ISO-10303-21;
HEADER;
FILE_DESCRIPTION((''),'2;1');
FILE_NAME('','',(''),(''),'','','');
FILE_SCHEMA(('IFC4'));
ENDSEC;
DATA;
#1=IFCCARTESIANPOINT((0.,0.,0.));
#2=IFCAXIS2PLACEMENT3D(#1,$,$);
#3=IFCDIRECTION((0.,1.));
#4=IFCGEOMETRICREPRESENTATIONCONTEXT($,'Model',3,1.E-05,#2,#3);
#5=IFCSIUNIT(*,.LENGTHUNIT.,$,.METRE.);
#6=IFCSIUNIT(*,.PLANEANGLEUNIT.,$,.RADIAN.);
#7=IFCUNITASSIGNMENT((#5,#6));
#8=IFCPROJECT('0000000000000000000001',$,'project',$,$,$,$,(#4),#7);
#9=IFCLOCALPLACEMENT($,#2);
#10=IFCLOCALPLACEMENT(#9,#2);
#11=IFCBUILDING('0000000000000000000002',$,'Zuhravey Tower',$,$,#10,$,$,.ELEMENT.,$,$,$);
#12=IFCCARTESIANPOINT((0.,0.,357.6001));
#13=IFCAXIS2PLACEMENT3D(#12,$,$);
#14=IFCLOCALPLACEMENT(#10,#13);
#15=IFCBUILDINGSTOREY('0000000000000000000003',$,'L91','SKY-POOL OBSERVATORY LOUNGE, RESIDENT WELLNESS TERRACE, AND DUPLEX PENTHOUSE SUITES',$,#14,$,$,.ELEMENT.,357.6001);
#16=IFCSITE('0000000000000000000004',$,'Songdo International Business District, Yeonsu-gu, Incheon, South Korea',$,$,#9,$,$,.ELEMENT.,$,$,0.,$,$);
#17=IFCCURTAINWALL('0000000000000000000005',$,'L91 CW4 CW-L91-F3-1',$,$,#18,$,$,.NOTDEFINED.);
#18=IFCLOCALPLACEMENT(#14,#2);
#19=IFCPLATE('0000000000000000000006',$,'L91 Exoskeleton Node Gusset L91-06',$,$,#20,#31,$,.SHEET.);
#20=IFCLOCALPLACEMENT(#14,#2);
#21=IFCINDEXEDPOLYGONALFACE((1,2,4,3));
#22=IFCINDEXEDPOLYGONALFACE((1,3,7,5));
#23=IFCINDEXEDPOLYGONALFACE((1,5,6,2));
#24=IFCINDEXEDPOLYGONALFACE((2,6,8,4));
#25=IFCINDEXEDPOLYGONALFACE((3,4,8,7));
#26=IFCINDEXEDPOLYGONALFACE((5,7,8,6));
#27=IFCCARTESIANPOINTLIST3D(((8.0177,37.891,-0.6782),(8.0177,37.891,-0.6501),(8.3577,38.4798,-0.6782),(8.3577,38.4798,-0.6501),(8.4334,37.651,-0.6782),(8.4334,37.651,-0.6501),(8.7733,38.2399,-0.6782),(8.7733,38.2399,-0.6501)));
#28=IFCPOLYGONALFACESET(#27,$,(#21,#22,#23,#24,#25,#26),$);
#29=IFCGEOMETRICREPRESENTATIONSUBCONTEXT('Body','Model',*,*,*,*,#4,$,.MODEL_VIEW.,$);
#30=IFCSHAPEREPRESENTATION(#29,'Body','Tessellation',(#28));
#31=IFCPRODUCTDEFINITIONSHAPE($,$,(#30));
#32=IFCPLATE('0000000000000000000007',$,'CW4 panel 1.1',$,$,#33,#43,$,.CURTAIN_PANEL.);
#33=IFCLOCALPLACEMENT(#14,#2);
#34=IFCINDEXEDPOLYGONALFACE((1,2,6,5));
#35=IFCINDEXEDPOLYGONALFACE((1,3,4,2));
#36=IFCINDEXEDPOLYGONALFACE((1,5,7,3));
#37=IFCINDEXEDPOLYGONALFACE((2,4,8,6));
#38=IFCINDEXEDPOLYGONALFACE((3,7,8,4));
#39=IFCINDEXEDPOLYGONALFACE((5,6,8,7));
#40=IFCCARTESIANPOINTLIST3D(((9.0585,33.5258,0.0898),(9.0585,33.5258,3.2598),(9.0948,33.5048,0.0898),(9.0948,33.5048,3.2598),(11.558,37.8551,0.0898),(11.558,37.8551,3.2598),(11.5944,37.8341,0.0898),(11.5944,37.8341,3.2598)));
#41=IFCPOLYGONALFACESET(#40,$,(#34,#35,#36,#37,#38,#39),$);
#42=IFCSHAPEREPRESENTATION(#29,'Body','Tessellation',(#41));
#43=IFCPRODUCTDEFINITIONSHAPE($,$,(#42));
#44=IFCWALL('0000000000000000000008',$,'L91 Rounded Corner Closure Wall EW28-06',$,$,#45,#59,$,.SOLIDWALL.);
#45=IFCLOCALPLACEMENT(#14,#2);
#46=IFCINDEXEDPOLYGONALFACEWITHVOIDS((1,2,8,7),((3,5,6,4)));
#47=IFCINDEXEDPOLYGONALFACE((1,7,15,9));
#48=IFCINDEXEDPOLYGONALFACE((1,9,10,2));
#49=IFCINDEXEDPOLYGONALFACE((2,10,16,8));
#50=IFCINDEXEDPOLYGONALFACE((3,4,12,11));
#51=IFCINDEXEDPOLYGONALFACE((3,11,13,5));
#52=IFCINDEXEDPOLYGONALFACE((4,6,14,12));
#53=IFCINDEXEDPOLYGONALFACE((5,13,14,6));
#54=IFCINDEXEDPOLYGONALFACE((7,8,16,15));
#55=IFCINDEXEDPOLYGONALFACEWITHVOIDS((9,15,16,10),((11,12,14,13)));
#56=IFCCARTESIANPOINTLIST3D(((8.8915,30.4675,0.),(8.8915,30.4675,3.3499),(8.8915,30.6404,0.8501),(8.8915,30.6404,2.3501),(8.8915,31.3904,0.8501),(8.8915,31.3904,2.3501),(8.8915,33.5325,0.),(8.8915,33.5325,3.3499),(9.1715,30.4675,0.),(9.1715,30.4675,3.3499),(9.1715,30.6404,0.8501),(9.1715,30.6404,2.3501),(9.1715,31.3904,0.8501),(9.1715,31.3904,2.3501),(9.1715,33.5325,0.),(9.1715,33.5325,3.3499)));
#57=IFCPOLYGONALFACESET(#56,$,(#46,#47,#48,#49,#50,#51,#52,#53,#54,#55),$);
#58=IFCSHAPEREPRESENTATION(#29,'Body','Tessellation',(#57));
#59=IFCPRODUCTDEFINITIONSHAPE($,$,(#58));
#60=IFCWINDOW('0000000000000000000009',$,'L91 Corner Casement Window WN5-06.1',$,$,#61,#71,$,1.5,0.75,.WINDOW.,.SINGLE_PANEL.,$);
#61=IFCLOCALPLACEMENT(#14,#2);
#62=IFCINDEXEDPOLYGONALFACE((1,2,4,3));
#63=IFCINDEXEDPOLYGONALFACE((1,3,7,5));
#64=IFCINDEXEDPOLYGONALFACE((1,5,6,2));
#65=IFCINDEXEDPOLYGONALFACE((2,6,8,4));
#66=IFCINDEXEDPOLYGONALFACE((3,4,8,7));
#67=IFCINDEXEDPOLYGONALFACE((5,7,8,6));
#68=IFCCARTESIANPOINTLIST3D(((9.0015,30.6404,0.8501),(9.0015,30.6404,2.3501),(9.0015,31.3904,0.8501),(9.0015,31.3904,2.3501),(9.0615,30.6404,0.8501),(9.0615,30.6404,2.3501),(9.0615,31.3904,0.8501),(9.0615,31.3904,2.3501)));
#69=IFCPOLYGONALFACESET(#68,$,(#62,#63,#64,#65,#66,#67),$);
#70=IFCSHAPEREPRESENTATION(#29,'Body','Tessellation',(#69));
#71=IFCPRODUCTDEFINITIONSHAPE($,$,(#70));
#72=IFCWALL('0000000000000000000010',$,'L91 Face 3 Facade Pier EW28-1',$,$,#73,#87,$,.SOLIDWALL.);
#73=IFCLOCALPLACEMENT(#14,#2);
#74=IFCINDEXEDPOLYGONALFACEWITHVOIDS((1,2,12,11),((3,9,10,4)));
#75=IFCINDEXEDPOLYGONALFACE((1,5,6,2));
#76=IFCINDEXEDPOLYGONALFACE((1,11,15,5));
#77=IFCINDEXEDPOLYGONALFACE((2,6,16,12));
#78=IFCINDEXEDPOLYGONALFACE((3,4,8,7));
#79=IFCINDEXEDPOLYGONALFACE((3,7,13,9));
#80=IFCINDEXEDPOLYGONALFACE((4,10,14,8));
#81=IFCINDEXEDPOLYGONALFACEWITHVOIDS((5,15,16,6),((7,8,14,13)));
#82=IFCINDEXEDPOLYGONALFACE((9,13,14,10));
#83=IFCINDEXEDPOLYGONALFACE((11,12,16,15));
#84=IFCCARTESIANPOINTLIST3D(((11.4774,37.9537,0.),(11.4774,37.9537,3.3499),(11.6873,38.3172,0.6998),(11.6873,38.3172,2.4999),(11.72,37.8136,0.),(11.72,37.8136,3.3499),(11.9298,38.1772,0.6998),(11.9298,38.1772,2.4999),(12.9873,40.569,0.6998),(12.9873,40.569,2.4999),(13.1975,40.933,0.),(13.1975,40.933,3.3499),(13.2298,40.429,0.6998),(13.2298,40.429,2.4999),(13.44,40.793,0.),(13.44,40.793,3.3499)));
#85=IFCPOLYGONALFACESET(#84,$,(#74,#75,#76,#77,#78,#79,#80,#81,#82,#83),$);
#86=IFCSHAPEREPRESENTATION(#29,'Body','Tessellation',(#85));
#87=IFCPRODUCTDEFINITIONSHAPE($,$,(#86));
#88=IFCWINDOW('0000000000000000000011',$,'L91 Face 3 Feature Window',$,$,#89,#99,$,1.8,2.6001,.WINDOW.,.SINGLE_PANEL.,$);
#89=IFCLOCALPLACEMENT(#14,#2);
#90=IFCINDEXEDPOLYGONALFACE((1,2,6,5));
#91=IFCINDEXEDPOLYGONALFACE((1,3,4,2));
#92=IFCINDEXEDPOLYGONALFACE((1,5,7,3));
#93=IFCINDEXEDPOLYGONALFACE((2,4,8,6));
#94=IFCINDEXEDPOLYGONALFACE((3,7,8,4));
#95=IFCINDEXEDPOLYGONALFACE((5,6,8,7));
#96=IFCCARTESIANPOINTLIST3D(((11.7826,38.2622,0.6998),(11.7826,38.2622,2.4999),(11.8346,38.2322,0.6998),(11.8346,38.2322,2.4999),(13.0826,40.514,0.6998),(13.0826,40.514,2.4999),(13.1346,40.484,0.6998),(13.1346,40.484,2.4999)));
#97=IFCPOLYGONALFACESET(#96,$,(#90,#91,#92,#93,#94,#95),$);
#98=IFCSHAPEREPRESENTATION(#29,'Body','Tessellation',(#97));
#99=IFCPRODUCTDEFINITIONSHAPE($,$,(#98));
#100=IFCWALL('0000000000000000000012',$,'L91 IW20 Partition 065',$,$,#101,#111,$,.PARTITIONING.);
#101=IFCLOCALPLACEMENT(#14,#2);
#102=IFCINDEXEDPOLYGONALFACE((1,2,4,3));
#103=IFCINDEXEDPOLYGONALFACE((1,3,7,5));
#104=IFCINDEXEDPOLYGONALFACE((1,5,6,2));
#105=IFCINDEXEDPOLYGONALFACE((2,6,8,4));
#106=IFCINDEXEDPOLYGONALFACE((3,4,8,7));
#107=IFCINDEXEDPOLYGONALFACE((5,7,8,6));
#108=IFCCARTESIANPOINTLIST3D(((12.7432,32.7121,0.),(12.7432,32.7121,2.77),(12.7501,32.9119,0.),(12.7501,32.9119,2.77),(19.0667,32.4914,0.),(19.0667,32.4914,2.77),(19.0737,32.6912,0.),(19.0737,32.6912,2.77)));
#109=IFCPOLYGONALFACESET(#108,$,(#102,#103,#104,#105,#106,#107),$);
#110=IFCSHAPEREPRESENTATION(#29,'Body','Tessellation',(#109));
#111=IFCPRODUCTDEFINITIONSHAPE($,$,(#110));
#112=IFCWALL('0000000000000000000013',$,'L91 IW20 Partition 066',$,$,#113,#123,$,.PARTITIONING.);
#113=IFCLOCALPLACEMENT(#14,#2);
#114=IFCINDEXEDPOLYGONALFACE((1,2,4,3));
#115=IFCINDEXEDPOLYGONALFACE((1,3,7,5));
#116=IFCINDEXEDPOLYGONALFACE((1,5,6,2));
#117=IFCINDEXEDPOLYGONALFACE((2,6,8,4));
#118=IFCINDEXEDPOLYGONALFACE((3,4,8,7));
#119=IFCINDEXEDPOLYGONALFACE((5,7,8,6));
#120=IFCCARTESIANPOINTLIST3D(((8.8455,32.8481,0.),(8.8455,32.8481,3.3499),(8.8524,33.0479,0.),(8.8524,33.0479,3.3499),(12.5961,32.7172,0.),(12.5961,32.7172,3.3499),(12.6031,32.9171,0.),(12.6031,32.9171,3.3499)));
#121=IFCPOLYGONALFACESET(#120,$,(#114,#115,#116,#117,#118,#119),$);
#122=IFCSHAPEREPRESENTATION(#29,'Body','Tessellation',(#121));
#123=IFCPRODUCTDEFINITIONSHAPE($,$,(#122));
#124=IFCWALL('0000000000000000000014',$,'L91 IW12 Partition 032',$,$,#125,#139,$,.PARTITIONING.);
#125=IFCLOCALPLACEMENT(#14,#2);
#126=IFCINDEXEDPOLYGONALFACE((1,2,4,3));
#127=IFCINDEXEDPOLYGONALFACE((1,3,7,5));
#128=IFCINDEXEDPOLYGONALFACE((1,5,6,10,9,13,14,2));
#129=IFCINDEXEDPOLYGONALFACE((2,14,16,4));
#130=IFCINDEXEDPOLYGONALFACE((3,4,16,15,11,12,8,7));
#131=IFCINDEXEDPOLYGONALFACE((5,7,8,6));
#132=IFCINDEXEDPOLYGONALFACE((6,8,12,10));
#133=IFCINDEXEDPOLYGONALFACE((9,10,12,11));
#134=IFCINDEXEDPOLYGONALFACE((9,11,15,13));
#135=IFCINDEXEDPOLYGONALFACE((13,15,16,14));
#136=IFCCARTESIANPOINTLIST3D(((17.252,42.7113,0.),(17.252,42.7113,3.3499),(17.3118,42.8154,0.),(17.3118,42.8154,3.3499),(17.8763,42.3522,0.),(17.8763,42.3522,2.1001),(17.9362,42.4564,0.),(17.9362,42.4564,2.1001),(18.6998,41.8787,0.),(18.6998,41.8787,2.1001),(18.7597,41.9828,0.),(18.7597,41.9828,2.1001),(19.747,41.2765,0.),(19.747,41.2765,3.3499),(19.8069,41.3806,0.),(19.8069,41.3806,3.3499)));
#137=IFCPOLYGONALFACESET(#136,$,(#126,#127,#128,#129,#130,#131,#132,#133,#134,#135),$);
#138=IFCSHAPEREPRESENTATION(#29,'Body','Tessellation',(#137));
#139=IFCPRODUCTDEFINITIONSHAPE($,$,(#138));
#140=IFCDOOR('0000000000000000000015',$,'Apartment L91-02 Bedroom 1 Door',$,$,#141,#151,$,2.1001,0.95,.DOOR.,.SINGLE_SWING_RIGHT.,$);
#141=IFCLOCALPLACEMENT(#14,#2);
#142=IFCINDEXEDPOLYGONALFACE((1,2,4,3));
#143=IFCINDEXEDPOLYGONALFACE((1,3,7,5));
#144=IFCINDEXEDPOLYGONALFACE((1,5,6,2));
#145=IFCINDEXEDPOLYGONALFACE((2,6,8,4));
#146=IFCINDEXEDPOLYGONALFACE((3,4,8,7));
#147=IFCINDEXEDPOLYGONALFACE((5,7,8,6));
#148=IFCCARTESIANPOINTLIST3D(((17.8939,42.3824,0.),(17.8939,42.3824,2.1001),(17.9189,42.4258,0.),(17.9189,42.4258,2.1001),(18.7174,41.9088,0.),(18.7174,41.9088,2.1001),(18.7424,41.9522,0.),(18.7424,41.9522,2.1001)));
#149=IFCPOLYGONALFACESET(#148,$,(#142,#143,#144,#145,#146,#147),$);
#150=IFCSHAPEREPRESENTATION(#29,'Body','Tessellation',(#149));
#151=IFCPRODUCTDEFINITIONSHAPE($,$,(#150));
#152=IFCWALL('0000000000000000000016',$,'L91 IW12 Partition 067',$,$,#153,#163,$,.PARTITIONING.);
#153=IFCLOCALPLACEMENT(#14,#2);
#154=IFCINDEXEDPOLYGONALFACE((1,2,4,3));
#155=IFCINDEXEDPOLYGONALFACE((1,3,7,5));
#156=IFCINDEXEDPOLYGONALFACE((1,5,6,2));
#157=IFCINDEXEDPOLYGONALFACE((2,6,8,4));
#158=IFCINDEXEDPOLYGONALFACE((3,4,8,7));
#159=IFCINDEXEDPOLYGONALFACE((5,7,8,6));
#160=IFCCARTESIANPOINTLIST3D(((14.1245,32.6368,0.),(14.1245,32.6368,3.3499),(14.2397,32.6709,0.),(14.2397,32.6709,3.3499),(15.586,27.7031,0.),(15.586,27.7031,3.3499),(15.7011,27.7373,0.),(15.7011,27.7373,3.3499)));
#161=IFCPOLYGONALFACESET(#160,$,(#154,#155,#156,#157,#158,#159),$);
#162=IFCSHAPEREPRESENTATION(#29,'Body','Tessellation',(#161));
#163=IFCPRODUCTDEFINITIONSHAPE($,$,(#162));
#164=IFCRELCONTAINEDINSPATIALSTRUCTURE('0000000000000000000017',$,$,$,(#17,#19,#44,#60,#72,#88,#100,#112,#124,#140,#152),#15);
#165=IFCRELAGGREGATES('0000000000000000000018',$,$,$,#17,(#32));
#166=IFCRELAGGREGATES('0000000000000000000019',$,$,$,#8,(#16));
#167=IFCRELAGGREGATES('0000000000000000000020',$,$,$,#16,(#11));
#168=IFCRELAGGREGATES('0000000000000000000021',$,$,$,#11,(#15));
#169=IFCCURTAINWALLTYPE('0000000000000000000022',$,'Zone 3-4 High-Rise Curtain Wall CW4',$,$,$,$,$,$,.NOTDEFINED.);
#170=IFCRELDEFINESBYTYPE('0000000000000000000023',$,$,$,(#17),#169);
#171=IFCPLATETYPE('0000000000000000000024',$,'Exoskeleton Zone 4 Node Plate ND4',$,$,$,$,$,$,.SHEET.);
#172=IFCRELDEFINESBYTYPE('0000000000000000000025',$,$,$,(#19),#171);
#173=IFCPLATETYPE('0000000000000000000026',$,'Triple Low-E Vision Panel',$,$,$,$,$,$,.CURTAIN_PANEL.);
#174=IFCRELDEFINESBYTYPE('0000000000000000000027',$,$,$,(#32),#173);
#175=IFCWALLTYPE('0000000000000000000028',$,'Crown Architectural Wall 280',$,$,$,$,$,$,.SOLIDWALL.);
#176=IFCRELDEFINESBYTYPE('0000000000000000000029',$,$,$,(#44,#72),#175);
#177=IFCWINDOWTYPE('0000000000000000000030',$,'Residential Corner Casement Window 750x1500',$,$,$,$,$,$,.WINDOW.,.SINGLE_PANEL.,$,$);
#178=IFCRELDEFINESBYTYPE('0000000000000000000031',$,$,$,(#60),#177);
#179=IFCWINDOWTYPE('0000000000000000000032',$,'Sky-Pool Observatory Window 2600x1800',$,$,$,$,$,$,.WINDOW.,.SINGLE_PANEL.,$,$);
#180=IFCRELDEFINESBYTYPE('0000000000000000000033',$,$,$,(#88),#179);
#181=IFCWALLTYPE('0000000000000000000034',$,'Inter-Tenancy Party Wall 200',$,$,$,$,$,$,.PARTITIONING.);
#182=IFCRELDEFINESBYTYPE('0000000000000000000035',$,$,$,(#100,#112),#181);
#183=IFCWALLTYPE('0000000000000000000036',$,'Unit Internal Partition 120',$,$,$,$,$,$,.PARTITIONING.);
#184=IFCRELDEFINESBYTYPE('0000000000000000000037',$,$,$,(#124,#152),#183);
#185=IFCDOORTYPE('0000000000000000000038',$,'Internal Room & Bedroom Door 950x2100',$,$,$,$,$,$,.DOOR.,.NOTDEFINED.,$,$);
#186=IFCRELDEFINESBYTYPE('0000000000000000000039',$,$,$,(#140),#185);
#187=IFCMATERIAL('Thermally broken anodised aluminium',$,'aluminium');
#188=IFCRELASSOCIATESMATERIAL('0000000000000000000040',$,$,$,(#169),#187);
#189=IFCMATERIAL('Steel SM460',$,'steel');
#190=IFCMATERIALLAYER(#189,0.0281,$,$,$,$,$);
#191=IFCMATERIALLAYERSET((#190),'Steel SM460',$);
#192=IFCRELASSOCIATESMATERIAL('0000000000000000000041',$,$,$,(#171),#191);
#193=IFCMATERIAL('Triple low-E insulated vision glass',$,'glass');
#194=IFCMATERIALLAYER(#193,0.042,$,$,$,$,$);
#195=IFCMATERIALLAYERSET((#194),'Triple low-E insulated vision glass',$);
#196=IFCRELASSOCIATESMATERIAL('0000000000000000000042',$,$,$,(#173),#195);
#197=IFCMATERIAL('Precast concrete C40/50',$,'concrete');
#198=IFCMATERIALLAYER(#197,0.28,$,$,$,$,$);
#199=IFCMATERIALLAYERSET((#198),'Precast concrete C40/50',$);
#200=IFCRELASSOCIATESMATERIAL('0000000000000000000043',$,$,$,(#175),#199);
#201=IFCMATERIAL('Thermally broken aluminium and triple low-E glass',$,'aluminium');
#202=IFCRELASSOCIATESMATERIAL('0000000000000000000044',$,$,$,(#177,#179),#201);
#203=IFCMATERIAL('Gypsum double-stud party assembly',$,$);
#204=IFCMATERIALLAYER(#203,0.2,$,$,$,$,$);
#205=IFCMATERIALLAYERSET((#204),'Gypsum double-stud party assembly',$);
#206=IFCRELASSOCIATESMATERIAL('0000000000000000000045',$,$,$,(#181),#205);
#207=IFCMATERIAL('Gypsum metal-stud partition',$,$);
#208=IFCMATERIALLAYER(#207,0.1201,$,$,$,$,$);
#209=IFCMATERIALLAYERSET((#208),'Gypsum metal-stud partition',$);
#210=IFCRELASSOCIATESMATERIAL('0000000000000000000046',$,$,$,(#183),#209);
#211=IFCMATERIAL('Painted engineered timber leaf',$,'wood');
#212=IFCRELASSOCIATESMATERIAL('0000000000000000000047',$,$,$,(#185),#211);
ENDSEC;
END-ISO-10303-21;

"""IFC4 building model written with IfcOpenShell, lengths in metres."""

from ifc_helpers import new_model, si_unit, direction, frame, frame_2d, origin, origin_2d, place, context, subcontext, project, spatial, rectangle, extrude, material, layer, layer_set, type_object, element, fill, aggregate, save


model = new_model("IFC4")

# Units and contexts
model_context = context("Model", 3, precision=1e-05, world=origin(), true_north=direction((0.0, 1.0)))
body_context = subcontext(model_context, "Body", "Model", "MODEL_VIEW")
ifc_project = project(units=[si_unit("LENGTHUNIT", "METRE"), si_unit("PLANEANGLEUNIT", "RADIAN")], contexts=[model_context])

# Site, building, storey
site_placement = place(None, origin())
site = spatial("IfcSite", under=ifc_project, at=site_placement, Name="Songdo International Business District, Yeonsu-gu, Incheon, South Korea", CompositionType="ELEMENT", RefElevation=0.0)
building_placement = place(site_placement, origin())
building = spatial("IfcBuilding", under=site, at=building_placement, Name="Zuhravey Tower", CompositionType="ELEMENT")
storey_placement = place(building_placement, frame((0.0, 0.0, 357.6001)))
storey = spatial("IfcBuildingStorey", under=building, at=storey_placement, Name="L91", Description="SKY-POOL OBSERVATORY LOUNGE, RESIDENT WELLNESS TERRACE, AND DUPLEX PENTHOUSE SUITES", CompositionType="ELEMENT", Elevation=357.6001)

# Shared definitions
ifc_material_1 = material(Name="Thermally broken anodised aluminium", Category="aluminium")
curtain_wall_type = type_object("IfcCurtainWallType", Name="Zone 3-4 High-Rise Curtain Wall CW4", PredefinedType="NOTDEFINED", material=ifc_material_1)

# Curtain wall
curtain_wall_1_placement = place(storey_placement, origin())
curtain_wall_1 = element("IfcCurtainWall", 1, at=curtain_wall_1_placement, inside=storey, type_object=curtain_wall_type, Name="L91 CW4 CW-L91-F3-1", PredefinedType="NOTDEFINED")

# Plates
ifc_material_2 = material(Name="Steel SM460", Category="steel")
ifc_layer_1 = layer(ifc_material_2, 0.0281)
ifc_layer_set_1 = layer_set([ifc_layer_1], Name="Steel SM460")
plate_type_1 = type_object("IfcPlateType", Name="Exoskeleton Zone 4 Node Plate ND4", PredefinedType="SHEET", material=ifc_layer_set_1)
plate_1_placement = place(storey_placement, frame((8.3955, 38.0654, -0.6782), z_axis=(0.0, 0.0, 1.0), x_axis=(-0.5, -0.866025, 0.0)))
element("IfcPlate", 2, at=plate_1_placement, inside=storey, type_object=plate_type_1, Name="L91 Exoskeleton Node Gusset L91-06", PredefinedType="SHEET", context=body_context, shape_type="SweptSolid", body=[
    extrude(rectangle(XDim=0.6799, YDim=0.48, at=origin_2d()), origin(), (0.0, 0.0, 1.0), 0.0281),
])
ifc_material_3 = material(Name="Triple low-E insulated vision glass", Category="glass")
ifc_layer_2 = layer(ifc_material_3, 0.042)
ifc_layer_set_2 = layer_set([ifc_layer_2], Name="Triple low-E insulated vision glass")
plate_type_2 = type_object("IfcPlateType", Name="Triple Low-E Vision Panel", PredefinedType="CURTAIN_PANEL", material=ifc_layer_set_2)
plate_2_placement = place(storey_placement, frame((10.3264, 35.6799, 0.0898), z_axis=(0.0, 0.0, 1.0), x_axis=(0.500004, 0.866023, 0.0)))
plate_2 = element("IfcPlate", 3, at=plate_2_placement, type_object=plate_type_2, Name="CW4 panel 1.1", PredefinedType="CURTAIN_PANEL", context=body_context, shape_type="SweptSolid", body=[
    extrude(rectangle(XDim=4.999, YDim=0.042, at=origin_2d()), origin(), (0.0, 0.0, 1.0), 3.1699),
])
aggregate(curtain_wall_1, [plate_2])

# Walls, openings, windows
ifc_material_4 = material(Name="Precast concrete C40/50", Category="concrete")
ifc_layer_3 = layer(ifc_material_4, 0.28)
ifc_layer_set_3 = layer_set([ifc_layer_3], Name="Precast concrete C40/50")
wall_type_1 = type_object("IfcWallType", Name="Crown Architectural Wall 280", PredefinedType="SOLIDWALL", material=ifc_layer_set_3)
wall_1_placement = place(storey_placement, frame((9.0315, 30.4675, 0.0), z_axis=(0.0, 0.0, 1.0), x_axis=(0.0, 1.0, 0.0)))
wall_1 = element("IfcWall", 4, at=wall_1_placement, inside=storey, type_object=wall_type_1, Name="L91 Rounded Corner Closure Wall EW28-06", PredefinedType="SOLIDWALL", context=body_context, shape_type="SweptSolid", body=[
    extrude(rectangle(XDim=3.0649, YDim=0.28, at=frame_2d((1.5325, 0.0))), origin(), (0.0, 0.0, 1.0), 3.3499),
])
opening_1_placement = place(wall_1_placement, frame((0.1729, 0.0, 0.8501)))
opening_1 = element("IfcOpeningElement", 5, at=opening_1_placement, cuts=wall_1, PredefinedType="OPENING", context=body_context, shape_type="SweptSolid", body=[
    extrude(rectangle(XDim=0.75, YDim=1.5, at=frame_2d((0.375, 0.75))), frame((0.0, 0.1521, 0.0), z_axis=(0.0, -1.0, 0.0), x_axis=(1.0, 0.0, 0.0)), (0.0, 0.0, 1.0), 0.304),
])
ifc_material_5 = material(Name="Thermally broken aluminium and triple low-E glass", Category="aluminium")
window_type_1 = type_object("IfcWindowType", Name="Residential Corner Casement Window 750x1500", PartitioningType="SINGLE_PANEL", PredefinedType="WINDOW", material=ifc_material_5)
window_1_placement = place(opening_1_placement, origin())
window_1 = element("IfcWindow", 6, at=window_1_placement, inside=storey, type_object=window_type_1, Name="L91 Corner Casement Window WN5-06.1", OverallHeight=1.5, OverallWidth=0.75, PartitioningType="SINGLE_PANEL", PredefinedType="WINDOW", context=body_context, shape_type="SweptSolid", body=[
    extrude(rectangle(XDim=0.75, YDim=1.5, at=frame_2d((0.375, 0.75))), frame((0.0, 0.03, 0.0), z_axis=(0.0, -1.0, 0.0), x_axis=(1.0, 0.0, 0.0)), (0.0, 0.0, 1.0), 0.0601),
])
fill(opening_1, window_1)
wall_2_placement = place(storey_placement, frame((11.5986, 37.8835, 0.0), z_axis=(0.0, 0.0, 1.0), x_axis=(0.499978, 0.866038, 0.0)))
wall_2 = element("IfcWall", 7, at=wall_2_placement, inside=storey, type_object=wall_type_1, Name="L91 Face 3 Facade Pier EW28-1", PredefinedType="SOLIDWALL", context=body_context, shape_type="SweptSolid", body=[
    extrude(rectangle(XDim=3.4402, YDim=0.28, at=frame_2d((1.7202, 0.0))), origin(), (0.0, 0.0, 1.0), 3.3499),
])
opening_2_placement = place(wall_2_placement, frame((0.4199, 0.0, 0.7)))
opening_2 = element("IfcOpeningElement", 8, at=opening_2_placement, cuts=wall_2, PredefinedType="OPENING", context=body_context, shape_type="SweptSolid", body=[
    extrude(rectangle(XDim=2.6001, YDim=1.8, at=frame_2d((1.3, 0.8999))), frame((0.0, 0.1521, 0.0), z_axis=(0.0, -1.0, 0.0), x_axis=(1.0, 0.0, 0.0)), (0.0, 0.0, 1.0), 0.304),
])
window_type_2 = type_object("IfcWindowType", Name="Sky-Pool Observatory Window 2600x1800", PartitioningType="SINGLE_PANEL", PredefinedType="WINDOW", material=ifc_material_5)
window_2_placement = place(opening_2_placement, origin())
window_2 = element("IfcWindow", 9, at=window_2_placement, inside=storey, type_object=window_type_2, Name="L91 Face 3 Feature Window", OverallHeight=1.8, OverallWidth=2.6001, PartitioningType="SINGLE_PANEL", PredefinedType="WINDOW", context=body_context, shape_type="SweptSolid", body=[
    extrude(rectangle(XDim=2.6001, YDim=1.8, at=frame_2d((1.3, 0.8999))), frame((0.0, 0.03, 0.0), z_axis=(0.0, -1.0, 0.0), x_axis=(1.0, 0.0, 0.0)), (0.0, 0.0, 1.0), 0.0601),
])
fill(opening_2, window_2)

# Walls
ifc_material_6 = material(Name="Gypsum double-stud party assembly")
ifc_layer_4 = layer(ifc_material_6, 0.2)
ifc_layer_set_4 = layer_set([ifc_layer_4], Name="Gypsum double-stud party assembly")
wall_type_2 = type_object("IfcWallType", Name="Inter-Tenancy Party Wall 200", PredefinedType="PARTITIONING", material=ifc_layer_set_4)
wall_3_placement = place(storey_placement, frame((19.0701, 32.5913, 0.0), z_axis=(0.0, 0.0, 1.0), x_axis=(-0.999391, 0.034881, 0.0)))
element("IfcWall", 10, at=wall_3_placement, inside=storey, type_object=wall_type_2, Name="L91 IW20 Partition 065", PredefinedType="PARTITIONING", context=body_context, shape_type="SweptSolid", body=[
    extrude(rectangle(XDim=6.3274, YDim=0.2, at=frame_2d((3.1636, 0.0))), origin(), (0.0, 0.0, 1.0), 2.77),
])
wall_4_placement = place(storey_placement, frame((12.5996, 32.8171, 0.0), z_axis=(0.0, 0.0, 1.0), x_axis=(-0.999392, 0.034868, 0.0)))
element("IfcWall", 11, at=wall_4_placement, inside=storey, type_object=wall_type_2, Name="L91 IW20 Partition 066", PredefinedType="PARTITIONING", context=body_context, shape_type="SweptSolid", body=[
    extrude(rectangle(XDim=3.7529, YDim=0.2, at=frame_2d((1.8765, 0.0))), origin(), (0.0, 0.0, 1.0), 3.3499),
])

# Wall, opening, door
ifc_material_7 = material(Name="Gypsum metal-stud partition")
ifc_layer_5 = layer(ifc_material_7, 0.1201)
ifc_layer_set_5 = layer_set([ifc_layer_5], Name="Gypsum metal-stud partition")
wall_type_3 = type_object("IfcWallType", Name="Unit Internal Partition 120", PredefinedType="PARTITIONING", material=ifc_layer_set_5)
wall_5_placement = place(storey_placement, frame((19.7769, 41.3286, 0.0), z_axis=(0.0, 0.0, 1.0), x_axis=(-0.866888, 0.498503, 0.0)))
wall_5 = element("IfcWall", 12, at=wall_5_placement, inside=storey, type_object=wall_type_3, Name="L91 IW12 Partition 032", PredefinedType="PARTITIONING", context=body_context, shape_type="SweptSolid", body=[
    extrude(rectangle(XDim=2.8782, YDim=0.1201, at=frame_2d((1.439, 0.0))), origin(), (0.0, 0.0, 1.0), 3.3499),
])
opening_3_placement = place(wall_5_placement, frame((1.2078, 0.0, 0.0)))
opening_3 = element("IfcOpeningElement", 13, at=opening_3_placement, cuts=wall_5, PredefinedType="OPENING", context=body_context, shape_type="SweptSolid", body=[
    extrude(rectangle(XDim=0.95, YDim=2.1001, at=frame_2d((0.4751, 1.05))), frame((0.0, 0.072, 0.0), z_axis=(0.0, -1.0, 0.0), x_axis=(1.0, 0.0, 0.0)), (0.0, 0.0, 1.0), 0.144),
])
ifc_material_8 = material(Name="Painted engineered timber leaf", Category="wood")
door_type = type_object("IfcDoorType", Name="Internal Room & Bedroom Door 950x2100", OperationType="NOTDEFINED", PredefinedType="DOOR", material=ifc_material_8)
door_placement = place(opening_3_placement, frame((0.95, 0.0, 0.0), z_axis=(0.0, 0.0, 1.0), x_axis=(-1.0, 0.0, 0.0)))
door = element("IfcDoor", 14, at=door_placement, inside=storey, type_object=door_type, Name="Apartment L91-02 Bedroom 1 Door", OperationType="SINGLE_SWING_RIGHT", OverallHeight=2.1001, OverallWidth=0.95, PredefinedType="DOOR", context=body_context, shape_type="SweptSolid", body=[
    extrude(rectangle(XDim=0.95, YDim=2.1001, at=frame_2d((0.4751, 1.05))), frame((0.0, 0.0249, 0.0), z_axis=(0.0, -1.0, 0.0), x_axis=(1.0, 0.0, 0.0)), (0.0, 0.0, 1.0), 0.05),
])
fill(opening_3, door)

# Wall
wall_6_placement = place(storey_placement, frame((14.1821, 32.6538, 0.0), z_axis=(0.0, 0.0, 1.0), x_axis=(0.28402, -0.958818, 0.0)))
element("IfcWall", 15, at=wall_6_placement, inside=storey, type_object=wall_type_3, Name="L91 IW12 Partition 067", PredefinedType="PARTITIONING", context=body_context, shape_type="SweptSolid", body=[
    extrude(rectangle(XDim=5.1455, YDim=0.1201, at=frame_2d((2.5728, 0.0))), origin(), (0.0, 0.0, 1.0), 3.3499),
])

save(model, "model.ifc")
